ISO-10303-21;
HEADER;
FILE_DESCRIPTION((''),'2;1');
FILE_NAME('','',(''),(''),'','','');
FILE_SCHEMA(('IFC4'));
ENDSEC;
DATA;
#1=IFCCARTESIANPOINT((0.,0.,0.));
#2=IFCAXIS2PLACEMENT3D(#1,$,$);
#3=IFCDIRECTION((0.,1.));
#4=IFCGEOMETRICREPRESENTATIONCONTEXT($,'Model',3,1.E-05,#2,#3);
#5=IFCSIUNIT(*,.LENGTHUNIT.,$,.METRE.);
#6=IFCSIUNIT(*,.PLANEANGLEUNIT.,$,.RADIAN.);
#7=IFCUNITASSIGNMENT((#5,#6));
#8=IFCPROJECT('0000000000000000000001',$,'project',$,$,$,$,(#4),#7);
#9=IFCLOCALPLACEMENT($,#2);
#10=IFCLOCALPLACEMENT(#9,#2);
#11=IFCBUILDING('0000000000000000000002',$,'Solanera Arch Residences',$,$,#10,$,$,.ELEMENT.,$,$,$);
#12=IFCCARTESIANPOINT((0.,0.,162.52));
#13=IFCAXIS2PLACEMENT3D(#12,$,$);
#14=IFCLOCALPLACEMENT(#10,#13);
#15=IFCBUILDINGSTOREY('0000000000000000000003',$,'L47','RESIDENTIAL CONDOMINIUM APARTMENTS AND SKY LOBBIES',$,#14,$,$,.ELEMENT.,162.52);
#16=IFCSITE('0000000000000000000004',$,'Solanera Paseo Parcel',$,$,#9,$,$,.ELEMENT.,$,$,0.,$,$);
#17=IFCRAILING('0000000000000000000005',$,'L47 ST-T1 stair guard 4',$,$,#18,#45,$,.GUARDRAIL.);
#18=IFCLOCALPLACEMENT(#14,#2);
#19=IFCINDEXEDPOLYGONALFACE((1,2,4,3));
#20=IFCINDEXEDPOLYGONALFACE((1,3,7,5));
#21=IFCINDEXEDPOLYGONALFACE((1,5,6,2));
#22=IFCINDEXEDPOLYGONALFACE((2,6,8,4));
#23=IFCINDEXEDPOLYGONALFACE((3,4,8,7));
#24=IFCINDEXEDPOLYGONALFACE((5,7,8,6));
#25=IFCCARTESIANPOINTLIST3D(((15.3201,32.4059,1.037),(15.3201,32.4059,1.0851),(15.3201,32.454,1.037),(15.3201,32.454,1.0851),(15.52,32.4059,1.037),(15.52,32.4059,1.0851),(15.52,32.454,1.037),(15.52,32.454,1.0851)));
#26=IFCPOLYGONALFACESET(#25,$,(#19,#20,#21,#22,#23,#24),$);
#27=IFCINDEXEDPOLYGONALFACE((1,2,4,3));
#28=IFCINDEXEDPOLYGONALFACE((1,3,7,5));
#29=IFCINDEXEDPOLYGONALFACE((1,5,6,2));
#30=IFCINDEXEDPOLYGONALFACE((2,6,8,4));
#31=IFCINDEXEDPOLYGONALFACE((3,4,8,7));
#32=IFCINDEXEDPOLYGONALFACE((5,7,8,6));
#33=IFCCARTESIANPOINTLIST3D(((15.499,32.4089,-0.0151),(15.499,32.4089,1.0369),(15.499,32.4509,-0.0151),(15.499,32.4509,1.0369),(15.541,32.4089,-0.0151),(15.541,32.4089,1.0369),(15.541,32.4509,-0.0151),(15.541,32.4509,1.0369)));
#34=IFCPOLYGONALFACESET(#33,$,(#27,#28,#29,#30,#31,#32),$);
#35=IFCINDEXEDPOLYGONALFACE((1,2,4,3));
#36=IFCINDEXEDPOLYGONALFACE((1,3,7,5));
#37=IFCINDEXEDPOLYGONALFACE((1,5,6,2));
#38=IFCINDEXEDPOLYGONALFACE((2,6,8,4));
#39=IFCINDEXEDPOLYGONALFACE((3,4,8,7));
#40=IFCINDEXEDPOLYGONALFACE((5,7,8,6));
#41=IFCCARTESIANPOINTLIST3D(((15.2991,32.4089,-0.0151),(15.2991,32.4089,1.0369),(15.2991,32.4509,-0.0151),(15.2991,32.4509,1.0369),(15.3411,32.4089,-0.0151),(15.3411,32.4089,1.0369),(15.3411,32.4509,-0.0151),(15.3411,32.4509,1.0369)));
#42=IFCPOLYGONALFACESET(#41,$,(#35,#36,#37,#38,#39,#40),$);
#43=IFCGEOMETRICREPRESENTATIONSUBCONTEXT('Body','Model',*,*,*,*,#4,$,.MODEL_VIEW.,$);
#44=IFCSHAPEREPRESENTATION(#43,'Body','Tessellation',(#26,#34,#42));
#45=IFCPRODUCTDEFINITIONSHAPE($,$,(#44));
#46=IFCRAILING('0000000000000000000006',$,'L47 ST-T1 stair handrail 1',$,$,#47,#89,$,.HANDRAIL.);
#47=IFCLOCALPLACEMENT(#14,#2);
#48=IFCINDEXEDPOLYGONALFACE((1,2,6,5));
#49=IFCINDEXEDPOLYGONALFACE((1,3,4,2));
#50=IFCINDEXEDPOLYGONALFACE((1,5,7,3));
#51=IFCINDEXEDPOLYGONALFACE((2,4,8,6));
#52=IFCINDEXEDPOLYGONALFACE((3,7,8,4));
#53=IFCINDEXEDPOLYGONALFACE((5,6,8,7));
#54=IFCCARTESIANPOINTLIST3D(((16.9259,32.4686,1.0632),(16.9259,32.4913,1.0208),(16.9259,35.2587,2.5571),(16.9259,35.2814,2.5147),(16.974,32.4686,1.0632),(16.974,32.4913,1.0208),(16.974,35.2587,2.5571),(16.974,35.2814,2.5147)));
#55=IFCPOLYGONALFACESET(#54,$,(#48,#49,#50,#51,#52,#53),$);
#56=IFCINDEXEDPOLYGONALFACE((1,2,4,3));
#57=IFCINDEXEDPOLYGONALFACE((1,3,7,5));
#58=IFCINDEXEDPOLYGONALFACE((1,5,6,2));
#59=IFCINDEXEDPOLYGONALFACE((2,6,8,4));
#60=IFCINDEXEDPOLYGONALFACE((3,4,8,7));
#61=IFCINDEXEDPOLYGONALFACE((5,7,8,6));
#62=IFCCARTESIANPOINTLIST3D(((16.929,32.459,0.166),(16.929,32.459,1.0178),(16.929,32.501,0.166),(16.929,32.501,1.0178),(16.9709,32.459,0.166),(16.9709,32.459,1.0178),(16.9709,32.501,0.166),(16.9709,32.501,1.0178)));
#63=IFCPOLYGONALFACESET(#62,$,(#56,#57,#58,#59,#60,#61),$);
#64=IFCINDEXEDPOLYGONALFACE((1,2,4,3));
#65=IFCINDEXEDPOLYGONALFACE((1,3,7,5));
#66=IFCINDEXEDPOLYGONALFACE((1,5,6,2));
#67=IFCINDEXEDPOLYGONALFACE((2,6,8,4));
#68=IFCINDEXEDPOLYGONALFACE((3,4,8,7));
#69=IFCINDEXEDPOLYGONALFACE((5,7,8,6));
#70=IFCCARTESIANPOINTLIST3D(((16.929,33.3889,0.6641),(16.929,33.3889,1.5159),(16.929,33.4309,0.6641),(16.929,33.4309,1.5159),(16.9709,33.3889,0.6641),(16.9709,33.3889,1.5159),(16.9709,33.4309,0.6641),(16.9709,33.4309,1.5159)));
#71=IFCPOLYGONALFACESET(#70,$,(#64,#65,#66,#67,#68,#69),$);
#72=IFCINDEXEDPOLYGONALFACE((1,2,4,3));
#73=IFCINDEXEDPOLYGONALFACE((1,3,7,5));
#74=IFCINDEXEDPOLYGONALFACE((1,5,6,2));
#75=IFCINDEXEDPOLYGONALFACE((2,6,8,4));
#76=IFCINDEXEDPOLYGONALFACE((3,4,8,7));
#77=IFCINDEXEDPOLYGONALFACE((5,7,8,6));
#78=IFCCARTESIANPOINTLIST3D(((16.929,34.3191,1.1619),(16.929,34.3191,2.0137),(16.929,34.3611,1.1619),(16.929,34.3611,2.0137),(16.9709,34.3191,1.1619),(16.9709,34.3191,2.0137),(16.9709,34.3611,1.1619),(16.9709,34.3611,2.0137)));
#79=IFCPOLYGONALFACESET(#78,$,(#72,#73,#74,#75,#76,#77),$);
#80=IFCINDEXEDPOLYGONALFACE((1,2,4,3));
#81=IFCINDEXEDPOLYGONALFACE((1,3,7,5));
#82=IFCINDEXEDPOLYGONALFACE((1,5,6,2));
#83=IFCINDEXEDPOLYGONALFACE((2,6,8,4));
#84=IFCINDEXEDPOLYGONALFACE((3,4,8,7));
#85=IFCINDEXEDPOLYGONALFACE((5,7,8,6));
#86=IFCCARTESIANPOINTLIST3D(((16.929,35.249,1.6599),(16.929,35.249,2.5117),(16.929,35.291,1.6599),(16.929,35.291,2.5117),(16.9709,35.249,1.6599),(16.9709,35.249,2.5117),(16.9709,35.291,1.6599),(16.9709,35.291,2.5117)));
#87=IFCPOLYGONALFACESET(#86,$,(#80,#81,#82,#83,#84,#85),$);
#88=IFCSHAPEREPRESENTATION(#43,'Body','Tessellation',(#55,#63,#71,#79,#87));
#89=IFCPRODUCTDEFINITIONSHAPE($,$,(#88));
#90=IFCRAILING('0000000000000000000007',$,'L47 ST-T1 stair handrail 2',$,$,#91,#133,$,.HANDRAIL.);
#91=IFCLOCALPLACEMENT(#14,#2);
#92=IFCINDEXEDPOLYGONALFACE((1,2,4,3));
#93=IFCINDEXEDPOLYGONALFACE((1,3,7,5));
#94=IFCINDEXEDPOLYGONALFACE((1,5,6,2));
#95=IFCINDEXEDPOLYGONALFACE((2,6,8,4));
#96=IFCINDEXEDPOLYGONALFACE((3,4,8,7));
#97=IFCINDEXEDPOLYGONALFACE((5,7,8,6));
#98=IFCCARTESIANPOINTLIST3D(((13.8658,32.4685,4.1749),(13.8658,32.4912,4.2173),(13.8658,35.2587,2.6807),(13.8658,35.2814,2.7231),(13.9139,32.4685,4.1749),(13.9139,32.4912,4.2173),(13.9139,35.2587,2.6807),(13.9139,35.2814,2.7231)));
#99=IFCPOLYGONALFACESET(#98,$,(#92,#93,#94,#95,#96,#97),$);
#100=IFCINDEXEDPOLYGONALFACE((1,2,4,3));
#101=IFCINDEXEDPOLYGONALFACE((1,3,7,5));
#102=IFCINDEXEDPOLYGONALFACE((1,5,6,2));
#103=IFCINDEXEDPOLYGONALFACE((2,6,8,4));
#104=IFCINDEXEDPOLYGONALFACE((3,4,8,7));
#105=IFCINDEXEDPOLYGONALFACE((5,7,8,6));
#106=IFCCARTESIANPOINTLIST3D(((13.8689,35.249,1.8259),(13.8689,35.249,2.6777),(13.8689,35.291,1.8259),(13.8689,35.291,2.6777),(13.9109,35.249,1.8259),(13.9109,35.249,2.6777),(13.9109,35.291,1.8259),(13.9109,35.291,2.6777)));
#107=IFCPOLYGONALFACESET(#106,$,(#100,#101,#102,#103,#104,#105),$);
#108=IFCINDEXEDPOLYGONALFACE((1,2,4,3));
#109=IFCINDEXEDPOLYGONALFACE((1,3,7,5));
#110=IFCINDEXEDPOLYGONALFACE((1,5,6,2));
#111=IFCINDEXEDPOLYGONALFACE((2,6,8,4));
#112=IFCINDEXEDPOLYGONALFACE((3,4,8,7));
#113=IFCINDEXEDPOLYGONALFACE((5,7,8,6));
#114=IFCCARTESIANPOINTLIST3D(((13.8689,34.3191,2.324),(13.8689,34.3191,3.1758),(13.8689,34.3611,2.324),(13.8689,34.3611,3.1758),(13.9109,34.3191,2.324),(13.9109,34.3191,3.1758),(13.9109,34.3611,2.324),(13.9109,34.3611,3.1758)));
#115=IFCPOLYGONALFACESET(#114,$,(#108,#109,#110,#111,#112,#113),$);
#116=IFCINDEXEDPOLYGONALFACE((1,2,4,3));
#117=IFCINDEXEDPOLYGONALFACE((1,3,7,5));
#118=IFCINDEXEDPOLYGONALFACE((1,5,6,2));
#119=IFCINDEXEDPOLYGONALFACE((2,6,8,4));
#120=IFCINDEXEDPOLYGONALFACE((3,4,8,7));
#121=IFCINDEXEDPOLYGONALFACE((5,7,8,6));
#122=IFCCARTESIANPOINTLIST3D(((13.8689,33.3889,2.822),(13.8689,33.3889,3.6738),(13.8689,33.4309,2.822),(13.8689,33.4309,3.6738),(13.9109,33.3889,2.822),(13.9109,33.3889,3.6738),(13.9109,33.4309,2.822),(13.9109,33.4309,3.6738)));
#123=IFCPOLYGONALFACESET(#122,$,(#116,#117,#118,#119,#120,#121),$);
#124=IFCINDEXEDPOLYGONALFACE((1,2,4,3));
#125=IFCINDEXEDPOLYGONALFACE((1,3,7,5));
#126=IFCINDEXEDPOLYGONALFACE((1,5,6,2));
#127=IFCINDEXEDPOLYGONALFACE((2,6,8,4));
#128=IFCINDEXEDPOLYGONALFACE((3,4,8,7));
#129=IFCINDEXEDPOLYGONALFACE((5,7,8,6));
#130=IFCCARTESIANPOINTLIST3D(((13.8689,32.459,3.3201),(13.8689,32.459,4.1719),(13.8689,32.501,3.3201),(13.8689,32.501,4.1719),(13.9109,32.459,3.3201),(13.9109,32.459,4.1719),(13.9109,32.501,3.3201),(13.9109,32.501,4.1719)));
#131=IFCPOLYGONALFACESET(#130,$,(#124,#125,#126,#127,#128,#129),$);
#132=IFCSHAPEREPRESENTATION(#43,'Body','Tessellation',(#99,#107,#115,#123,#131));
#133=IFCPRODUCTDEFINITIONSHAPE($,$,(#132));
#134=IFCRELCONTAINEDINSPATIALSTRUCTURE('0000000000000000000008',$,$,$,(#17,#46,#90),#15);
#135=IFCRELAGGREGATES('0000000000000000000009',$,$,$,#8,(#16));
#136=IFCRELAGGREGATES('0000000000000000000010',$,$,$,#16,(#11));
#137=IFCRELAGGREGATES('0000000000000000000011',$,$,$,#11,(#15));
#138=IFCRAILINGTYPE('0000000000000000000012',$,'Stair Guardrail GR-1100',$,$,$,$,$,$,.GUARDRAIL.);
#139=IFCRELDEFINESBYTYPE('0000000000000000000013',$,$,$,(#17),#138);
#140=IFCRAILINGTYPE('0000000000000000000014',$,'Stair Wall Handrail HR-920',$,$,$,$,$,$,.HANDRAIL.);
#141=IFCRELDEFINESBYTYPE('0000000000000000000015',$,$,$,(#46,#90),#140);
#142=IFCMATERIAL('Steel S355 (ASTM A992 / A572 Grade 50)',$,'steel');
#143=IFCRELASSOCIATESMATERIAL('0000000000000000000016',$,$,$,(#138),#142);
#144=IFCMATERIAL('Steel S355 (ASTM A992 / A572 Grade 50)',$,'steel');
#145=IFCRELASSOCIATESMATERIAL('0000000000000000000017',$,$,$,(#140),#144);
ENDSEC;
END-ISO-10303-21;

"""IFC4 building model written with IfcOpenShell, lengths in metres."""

from ifc_helpers import new_model, si_unit, direction, frame, origin, origin_2d, place, context, subcontext, project, spatial, rectangle, extrude, material, type_object, element, save


model = new_model("IFC4")

# Units and contexts
model_context = context("Model", 3, precision=1e-05, world=origin(), true_north=direction((0.0, 1.0)))
body_context = subcontext(model_context, "Body", "Model", "MODEL_VIEW")
ifc_project = project(units=[si_unit("LENGTHUNIT", "METRE"), si_unit("PLANEANGLEUNIT", "RADIAN")], contexts=[model_context])

# Site, building, storey
site_placement = place(None, origin())
site = spatial("IfcSite", under=ifc_project, at=site_placement, Name="Solanera Paseo Parcel", CompositionType="ELEMENT", RefElevation=0.0)
building_placement = place(site_placement, origin())
building = spatial("IfcBuilding", under=site, at=building_placement, Name="Solanera Arch Residences", CompositionType="ELEMENT")
storey_placement = place(building_placement, frame((0.0, 0.0, 162.52)))
storey = spatial("IfcBuildingStorey", under=building, at=storey_placement, Name="L47", Description="RESIDENTIAL CONDOMINIUM APARTMENTS AND SKY LOBBIES", CompositionType="ELEMENT", Elevation=162.52)

# Railings
ifc_material_1 = material(Name="Steel S355 (ASTM A992 / A572 Grade 50)", Category="steel")
railing_type_1 = type_object("IfcRailingType", Name="Stair Guardrail GR-1100", PredefinedType="GUARDRAIL", material=ifc_material_1)
railing_1_placement = place(storey_placement, frame((15.52, 32.4299, -0.0151)))
element("IfcRailing", 1, at=railing_1_placement, inside=storey, type_object=railing_type_1, Name="L47 ST-T1 stair guard 4", PredefinedType="GUARDRAIL", context=body_context, shape_type="SweptSolid", body=[
    extrude(rectangle(XDim=0.0481, YDim=0.0481, at=origin_2d()), frame((0.0, 0.0, 1.0762), z_axis=(-1.0, 0.0, 0.0), x_axis=(0.0, -1.0, 0.0)), (0.0, 0.0, 1.0), 0.2),
    extrude(rectangle(XDim=0.042, YDim=0.042, at=origin_2d()), origin(), (0.0, 0.0, 1.0), 1.052),
    extrude(rectangle(XDim=0.042, YDim=0.042, at=origin_2d()), frame((-0.2, 0.0, 0.0)), (0.0, 0.0, 1.0), 1.052),
])
ifc_material_2 = material(Name="Steel S355 (ASTM A992 / A572 Grade 50)", Category="steel")
railing_type_2 = type_object("IfcRailingType", Name="Stair Wall Handrail HR-920", PredefinedType="HANDRAIL", material=ifc_material_2)
railing_2_placement = place(storey_placement, frame((16.95, 32.48, 0.166)))
element("IfcRailing", 2, at=railing_2_placement, inside=storey, type_object=railing_type_2, Name="L47 ST-T1 stair handrail 1", PredefinedType="HANDRAIL", context=body_context, shape_type="SweptSolid", body=[
    extrude(rectangle(XDim=0.0481, YDim=0.0481, at=origin_2d()), frame((0.0, 0.0, 0.876), z_axis=(0.0, 0.881581, 0.472033), x_axis=(-1.0, 0.0, 0.0)), (0.0, 0.0, 1.0), 3.1648),
    extrude(rectangle(XDim=0.042, YDim=0.042, at=origin_2d()), origin(), (0.0, 0.0, 1.0), 0.8518),
    extrude(rectangle(XDim=0.042, YDim=0.042, at=origin_2d()), frame((0.0, 0.9299, 0.498)), (0.0, 0.0, 1.0), 0.8518),
    extrude(rectangle(XDim=0.042, YDim=0.042, at=origin_2d()), frame((0.0, 1.8601, 0.9958)), (0.0, 0.0, 1.0), 0.8518),
    extrude(rectangle(XDim=0.042, YDim=0.042, at=origin_2d()), frame((0.0, 2.79, 1.4939)), (0.0, 0.0, 1.0), 0.8518),
])
railing_3_placement = place(storey_placement, frame((13.8899, 35.27, 1.8259)))
element("IfcRailing", 3, at=railing_3_placement, inside=storey, type_object=railing_type_2, Name="L47 ST-T1 stair handrail 2", PredefinedType="HANDRAIL", context=body_context, shape_type="SweptSolid", body=[
    extrude(rectangle(XDim=0.0481, YDim=0.0481, at=origin_2d()), frame((0.0, 0.0, 0.876), z_axis=(0.0, -0.881549, 0.472093), x_axis=(1.0, 0.0, 0.0)), (0.0, 0.0, 1.0), 3.165),
    extrude(rectangle(XDim=0.042, YDim=0.042, at=origin_2d()), origin(), (0.0, 0.0, 1.0), 0.8518),
    extrude(rectangle(XDim=0.042, YDim=0.042, at=origin_2d()), frame((0.0, -0.9299, 0.498)), (0.0, 0.0, 1.0), 0.8518),
    extrude(rectangle(XDim=0.042, YDim=0.042, at=origin_2d()), frame((0.0, -1.8601, 0.9961)), (0.0, 0.0, 1.0), 0.8518),
    extrude(rectangle(XDim=0.042, YDim=0.042, at=origin_2d()), frame((0.0, -2.79, 1.4941)), (0.0, 0.0, 1.0), 0.8518),
])

save(model, "model.ifc")
